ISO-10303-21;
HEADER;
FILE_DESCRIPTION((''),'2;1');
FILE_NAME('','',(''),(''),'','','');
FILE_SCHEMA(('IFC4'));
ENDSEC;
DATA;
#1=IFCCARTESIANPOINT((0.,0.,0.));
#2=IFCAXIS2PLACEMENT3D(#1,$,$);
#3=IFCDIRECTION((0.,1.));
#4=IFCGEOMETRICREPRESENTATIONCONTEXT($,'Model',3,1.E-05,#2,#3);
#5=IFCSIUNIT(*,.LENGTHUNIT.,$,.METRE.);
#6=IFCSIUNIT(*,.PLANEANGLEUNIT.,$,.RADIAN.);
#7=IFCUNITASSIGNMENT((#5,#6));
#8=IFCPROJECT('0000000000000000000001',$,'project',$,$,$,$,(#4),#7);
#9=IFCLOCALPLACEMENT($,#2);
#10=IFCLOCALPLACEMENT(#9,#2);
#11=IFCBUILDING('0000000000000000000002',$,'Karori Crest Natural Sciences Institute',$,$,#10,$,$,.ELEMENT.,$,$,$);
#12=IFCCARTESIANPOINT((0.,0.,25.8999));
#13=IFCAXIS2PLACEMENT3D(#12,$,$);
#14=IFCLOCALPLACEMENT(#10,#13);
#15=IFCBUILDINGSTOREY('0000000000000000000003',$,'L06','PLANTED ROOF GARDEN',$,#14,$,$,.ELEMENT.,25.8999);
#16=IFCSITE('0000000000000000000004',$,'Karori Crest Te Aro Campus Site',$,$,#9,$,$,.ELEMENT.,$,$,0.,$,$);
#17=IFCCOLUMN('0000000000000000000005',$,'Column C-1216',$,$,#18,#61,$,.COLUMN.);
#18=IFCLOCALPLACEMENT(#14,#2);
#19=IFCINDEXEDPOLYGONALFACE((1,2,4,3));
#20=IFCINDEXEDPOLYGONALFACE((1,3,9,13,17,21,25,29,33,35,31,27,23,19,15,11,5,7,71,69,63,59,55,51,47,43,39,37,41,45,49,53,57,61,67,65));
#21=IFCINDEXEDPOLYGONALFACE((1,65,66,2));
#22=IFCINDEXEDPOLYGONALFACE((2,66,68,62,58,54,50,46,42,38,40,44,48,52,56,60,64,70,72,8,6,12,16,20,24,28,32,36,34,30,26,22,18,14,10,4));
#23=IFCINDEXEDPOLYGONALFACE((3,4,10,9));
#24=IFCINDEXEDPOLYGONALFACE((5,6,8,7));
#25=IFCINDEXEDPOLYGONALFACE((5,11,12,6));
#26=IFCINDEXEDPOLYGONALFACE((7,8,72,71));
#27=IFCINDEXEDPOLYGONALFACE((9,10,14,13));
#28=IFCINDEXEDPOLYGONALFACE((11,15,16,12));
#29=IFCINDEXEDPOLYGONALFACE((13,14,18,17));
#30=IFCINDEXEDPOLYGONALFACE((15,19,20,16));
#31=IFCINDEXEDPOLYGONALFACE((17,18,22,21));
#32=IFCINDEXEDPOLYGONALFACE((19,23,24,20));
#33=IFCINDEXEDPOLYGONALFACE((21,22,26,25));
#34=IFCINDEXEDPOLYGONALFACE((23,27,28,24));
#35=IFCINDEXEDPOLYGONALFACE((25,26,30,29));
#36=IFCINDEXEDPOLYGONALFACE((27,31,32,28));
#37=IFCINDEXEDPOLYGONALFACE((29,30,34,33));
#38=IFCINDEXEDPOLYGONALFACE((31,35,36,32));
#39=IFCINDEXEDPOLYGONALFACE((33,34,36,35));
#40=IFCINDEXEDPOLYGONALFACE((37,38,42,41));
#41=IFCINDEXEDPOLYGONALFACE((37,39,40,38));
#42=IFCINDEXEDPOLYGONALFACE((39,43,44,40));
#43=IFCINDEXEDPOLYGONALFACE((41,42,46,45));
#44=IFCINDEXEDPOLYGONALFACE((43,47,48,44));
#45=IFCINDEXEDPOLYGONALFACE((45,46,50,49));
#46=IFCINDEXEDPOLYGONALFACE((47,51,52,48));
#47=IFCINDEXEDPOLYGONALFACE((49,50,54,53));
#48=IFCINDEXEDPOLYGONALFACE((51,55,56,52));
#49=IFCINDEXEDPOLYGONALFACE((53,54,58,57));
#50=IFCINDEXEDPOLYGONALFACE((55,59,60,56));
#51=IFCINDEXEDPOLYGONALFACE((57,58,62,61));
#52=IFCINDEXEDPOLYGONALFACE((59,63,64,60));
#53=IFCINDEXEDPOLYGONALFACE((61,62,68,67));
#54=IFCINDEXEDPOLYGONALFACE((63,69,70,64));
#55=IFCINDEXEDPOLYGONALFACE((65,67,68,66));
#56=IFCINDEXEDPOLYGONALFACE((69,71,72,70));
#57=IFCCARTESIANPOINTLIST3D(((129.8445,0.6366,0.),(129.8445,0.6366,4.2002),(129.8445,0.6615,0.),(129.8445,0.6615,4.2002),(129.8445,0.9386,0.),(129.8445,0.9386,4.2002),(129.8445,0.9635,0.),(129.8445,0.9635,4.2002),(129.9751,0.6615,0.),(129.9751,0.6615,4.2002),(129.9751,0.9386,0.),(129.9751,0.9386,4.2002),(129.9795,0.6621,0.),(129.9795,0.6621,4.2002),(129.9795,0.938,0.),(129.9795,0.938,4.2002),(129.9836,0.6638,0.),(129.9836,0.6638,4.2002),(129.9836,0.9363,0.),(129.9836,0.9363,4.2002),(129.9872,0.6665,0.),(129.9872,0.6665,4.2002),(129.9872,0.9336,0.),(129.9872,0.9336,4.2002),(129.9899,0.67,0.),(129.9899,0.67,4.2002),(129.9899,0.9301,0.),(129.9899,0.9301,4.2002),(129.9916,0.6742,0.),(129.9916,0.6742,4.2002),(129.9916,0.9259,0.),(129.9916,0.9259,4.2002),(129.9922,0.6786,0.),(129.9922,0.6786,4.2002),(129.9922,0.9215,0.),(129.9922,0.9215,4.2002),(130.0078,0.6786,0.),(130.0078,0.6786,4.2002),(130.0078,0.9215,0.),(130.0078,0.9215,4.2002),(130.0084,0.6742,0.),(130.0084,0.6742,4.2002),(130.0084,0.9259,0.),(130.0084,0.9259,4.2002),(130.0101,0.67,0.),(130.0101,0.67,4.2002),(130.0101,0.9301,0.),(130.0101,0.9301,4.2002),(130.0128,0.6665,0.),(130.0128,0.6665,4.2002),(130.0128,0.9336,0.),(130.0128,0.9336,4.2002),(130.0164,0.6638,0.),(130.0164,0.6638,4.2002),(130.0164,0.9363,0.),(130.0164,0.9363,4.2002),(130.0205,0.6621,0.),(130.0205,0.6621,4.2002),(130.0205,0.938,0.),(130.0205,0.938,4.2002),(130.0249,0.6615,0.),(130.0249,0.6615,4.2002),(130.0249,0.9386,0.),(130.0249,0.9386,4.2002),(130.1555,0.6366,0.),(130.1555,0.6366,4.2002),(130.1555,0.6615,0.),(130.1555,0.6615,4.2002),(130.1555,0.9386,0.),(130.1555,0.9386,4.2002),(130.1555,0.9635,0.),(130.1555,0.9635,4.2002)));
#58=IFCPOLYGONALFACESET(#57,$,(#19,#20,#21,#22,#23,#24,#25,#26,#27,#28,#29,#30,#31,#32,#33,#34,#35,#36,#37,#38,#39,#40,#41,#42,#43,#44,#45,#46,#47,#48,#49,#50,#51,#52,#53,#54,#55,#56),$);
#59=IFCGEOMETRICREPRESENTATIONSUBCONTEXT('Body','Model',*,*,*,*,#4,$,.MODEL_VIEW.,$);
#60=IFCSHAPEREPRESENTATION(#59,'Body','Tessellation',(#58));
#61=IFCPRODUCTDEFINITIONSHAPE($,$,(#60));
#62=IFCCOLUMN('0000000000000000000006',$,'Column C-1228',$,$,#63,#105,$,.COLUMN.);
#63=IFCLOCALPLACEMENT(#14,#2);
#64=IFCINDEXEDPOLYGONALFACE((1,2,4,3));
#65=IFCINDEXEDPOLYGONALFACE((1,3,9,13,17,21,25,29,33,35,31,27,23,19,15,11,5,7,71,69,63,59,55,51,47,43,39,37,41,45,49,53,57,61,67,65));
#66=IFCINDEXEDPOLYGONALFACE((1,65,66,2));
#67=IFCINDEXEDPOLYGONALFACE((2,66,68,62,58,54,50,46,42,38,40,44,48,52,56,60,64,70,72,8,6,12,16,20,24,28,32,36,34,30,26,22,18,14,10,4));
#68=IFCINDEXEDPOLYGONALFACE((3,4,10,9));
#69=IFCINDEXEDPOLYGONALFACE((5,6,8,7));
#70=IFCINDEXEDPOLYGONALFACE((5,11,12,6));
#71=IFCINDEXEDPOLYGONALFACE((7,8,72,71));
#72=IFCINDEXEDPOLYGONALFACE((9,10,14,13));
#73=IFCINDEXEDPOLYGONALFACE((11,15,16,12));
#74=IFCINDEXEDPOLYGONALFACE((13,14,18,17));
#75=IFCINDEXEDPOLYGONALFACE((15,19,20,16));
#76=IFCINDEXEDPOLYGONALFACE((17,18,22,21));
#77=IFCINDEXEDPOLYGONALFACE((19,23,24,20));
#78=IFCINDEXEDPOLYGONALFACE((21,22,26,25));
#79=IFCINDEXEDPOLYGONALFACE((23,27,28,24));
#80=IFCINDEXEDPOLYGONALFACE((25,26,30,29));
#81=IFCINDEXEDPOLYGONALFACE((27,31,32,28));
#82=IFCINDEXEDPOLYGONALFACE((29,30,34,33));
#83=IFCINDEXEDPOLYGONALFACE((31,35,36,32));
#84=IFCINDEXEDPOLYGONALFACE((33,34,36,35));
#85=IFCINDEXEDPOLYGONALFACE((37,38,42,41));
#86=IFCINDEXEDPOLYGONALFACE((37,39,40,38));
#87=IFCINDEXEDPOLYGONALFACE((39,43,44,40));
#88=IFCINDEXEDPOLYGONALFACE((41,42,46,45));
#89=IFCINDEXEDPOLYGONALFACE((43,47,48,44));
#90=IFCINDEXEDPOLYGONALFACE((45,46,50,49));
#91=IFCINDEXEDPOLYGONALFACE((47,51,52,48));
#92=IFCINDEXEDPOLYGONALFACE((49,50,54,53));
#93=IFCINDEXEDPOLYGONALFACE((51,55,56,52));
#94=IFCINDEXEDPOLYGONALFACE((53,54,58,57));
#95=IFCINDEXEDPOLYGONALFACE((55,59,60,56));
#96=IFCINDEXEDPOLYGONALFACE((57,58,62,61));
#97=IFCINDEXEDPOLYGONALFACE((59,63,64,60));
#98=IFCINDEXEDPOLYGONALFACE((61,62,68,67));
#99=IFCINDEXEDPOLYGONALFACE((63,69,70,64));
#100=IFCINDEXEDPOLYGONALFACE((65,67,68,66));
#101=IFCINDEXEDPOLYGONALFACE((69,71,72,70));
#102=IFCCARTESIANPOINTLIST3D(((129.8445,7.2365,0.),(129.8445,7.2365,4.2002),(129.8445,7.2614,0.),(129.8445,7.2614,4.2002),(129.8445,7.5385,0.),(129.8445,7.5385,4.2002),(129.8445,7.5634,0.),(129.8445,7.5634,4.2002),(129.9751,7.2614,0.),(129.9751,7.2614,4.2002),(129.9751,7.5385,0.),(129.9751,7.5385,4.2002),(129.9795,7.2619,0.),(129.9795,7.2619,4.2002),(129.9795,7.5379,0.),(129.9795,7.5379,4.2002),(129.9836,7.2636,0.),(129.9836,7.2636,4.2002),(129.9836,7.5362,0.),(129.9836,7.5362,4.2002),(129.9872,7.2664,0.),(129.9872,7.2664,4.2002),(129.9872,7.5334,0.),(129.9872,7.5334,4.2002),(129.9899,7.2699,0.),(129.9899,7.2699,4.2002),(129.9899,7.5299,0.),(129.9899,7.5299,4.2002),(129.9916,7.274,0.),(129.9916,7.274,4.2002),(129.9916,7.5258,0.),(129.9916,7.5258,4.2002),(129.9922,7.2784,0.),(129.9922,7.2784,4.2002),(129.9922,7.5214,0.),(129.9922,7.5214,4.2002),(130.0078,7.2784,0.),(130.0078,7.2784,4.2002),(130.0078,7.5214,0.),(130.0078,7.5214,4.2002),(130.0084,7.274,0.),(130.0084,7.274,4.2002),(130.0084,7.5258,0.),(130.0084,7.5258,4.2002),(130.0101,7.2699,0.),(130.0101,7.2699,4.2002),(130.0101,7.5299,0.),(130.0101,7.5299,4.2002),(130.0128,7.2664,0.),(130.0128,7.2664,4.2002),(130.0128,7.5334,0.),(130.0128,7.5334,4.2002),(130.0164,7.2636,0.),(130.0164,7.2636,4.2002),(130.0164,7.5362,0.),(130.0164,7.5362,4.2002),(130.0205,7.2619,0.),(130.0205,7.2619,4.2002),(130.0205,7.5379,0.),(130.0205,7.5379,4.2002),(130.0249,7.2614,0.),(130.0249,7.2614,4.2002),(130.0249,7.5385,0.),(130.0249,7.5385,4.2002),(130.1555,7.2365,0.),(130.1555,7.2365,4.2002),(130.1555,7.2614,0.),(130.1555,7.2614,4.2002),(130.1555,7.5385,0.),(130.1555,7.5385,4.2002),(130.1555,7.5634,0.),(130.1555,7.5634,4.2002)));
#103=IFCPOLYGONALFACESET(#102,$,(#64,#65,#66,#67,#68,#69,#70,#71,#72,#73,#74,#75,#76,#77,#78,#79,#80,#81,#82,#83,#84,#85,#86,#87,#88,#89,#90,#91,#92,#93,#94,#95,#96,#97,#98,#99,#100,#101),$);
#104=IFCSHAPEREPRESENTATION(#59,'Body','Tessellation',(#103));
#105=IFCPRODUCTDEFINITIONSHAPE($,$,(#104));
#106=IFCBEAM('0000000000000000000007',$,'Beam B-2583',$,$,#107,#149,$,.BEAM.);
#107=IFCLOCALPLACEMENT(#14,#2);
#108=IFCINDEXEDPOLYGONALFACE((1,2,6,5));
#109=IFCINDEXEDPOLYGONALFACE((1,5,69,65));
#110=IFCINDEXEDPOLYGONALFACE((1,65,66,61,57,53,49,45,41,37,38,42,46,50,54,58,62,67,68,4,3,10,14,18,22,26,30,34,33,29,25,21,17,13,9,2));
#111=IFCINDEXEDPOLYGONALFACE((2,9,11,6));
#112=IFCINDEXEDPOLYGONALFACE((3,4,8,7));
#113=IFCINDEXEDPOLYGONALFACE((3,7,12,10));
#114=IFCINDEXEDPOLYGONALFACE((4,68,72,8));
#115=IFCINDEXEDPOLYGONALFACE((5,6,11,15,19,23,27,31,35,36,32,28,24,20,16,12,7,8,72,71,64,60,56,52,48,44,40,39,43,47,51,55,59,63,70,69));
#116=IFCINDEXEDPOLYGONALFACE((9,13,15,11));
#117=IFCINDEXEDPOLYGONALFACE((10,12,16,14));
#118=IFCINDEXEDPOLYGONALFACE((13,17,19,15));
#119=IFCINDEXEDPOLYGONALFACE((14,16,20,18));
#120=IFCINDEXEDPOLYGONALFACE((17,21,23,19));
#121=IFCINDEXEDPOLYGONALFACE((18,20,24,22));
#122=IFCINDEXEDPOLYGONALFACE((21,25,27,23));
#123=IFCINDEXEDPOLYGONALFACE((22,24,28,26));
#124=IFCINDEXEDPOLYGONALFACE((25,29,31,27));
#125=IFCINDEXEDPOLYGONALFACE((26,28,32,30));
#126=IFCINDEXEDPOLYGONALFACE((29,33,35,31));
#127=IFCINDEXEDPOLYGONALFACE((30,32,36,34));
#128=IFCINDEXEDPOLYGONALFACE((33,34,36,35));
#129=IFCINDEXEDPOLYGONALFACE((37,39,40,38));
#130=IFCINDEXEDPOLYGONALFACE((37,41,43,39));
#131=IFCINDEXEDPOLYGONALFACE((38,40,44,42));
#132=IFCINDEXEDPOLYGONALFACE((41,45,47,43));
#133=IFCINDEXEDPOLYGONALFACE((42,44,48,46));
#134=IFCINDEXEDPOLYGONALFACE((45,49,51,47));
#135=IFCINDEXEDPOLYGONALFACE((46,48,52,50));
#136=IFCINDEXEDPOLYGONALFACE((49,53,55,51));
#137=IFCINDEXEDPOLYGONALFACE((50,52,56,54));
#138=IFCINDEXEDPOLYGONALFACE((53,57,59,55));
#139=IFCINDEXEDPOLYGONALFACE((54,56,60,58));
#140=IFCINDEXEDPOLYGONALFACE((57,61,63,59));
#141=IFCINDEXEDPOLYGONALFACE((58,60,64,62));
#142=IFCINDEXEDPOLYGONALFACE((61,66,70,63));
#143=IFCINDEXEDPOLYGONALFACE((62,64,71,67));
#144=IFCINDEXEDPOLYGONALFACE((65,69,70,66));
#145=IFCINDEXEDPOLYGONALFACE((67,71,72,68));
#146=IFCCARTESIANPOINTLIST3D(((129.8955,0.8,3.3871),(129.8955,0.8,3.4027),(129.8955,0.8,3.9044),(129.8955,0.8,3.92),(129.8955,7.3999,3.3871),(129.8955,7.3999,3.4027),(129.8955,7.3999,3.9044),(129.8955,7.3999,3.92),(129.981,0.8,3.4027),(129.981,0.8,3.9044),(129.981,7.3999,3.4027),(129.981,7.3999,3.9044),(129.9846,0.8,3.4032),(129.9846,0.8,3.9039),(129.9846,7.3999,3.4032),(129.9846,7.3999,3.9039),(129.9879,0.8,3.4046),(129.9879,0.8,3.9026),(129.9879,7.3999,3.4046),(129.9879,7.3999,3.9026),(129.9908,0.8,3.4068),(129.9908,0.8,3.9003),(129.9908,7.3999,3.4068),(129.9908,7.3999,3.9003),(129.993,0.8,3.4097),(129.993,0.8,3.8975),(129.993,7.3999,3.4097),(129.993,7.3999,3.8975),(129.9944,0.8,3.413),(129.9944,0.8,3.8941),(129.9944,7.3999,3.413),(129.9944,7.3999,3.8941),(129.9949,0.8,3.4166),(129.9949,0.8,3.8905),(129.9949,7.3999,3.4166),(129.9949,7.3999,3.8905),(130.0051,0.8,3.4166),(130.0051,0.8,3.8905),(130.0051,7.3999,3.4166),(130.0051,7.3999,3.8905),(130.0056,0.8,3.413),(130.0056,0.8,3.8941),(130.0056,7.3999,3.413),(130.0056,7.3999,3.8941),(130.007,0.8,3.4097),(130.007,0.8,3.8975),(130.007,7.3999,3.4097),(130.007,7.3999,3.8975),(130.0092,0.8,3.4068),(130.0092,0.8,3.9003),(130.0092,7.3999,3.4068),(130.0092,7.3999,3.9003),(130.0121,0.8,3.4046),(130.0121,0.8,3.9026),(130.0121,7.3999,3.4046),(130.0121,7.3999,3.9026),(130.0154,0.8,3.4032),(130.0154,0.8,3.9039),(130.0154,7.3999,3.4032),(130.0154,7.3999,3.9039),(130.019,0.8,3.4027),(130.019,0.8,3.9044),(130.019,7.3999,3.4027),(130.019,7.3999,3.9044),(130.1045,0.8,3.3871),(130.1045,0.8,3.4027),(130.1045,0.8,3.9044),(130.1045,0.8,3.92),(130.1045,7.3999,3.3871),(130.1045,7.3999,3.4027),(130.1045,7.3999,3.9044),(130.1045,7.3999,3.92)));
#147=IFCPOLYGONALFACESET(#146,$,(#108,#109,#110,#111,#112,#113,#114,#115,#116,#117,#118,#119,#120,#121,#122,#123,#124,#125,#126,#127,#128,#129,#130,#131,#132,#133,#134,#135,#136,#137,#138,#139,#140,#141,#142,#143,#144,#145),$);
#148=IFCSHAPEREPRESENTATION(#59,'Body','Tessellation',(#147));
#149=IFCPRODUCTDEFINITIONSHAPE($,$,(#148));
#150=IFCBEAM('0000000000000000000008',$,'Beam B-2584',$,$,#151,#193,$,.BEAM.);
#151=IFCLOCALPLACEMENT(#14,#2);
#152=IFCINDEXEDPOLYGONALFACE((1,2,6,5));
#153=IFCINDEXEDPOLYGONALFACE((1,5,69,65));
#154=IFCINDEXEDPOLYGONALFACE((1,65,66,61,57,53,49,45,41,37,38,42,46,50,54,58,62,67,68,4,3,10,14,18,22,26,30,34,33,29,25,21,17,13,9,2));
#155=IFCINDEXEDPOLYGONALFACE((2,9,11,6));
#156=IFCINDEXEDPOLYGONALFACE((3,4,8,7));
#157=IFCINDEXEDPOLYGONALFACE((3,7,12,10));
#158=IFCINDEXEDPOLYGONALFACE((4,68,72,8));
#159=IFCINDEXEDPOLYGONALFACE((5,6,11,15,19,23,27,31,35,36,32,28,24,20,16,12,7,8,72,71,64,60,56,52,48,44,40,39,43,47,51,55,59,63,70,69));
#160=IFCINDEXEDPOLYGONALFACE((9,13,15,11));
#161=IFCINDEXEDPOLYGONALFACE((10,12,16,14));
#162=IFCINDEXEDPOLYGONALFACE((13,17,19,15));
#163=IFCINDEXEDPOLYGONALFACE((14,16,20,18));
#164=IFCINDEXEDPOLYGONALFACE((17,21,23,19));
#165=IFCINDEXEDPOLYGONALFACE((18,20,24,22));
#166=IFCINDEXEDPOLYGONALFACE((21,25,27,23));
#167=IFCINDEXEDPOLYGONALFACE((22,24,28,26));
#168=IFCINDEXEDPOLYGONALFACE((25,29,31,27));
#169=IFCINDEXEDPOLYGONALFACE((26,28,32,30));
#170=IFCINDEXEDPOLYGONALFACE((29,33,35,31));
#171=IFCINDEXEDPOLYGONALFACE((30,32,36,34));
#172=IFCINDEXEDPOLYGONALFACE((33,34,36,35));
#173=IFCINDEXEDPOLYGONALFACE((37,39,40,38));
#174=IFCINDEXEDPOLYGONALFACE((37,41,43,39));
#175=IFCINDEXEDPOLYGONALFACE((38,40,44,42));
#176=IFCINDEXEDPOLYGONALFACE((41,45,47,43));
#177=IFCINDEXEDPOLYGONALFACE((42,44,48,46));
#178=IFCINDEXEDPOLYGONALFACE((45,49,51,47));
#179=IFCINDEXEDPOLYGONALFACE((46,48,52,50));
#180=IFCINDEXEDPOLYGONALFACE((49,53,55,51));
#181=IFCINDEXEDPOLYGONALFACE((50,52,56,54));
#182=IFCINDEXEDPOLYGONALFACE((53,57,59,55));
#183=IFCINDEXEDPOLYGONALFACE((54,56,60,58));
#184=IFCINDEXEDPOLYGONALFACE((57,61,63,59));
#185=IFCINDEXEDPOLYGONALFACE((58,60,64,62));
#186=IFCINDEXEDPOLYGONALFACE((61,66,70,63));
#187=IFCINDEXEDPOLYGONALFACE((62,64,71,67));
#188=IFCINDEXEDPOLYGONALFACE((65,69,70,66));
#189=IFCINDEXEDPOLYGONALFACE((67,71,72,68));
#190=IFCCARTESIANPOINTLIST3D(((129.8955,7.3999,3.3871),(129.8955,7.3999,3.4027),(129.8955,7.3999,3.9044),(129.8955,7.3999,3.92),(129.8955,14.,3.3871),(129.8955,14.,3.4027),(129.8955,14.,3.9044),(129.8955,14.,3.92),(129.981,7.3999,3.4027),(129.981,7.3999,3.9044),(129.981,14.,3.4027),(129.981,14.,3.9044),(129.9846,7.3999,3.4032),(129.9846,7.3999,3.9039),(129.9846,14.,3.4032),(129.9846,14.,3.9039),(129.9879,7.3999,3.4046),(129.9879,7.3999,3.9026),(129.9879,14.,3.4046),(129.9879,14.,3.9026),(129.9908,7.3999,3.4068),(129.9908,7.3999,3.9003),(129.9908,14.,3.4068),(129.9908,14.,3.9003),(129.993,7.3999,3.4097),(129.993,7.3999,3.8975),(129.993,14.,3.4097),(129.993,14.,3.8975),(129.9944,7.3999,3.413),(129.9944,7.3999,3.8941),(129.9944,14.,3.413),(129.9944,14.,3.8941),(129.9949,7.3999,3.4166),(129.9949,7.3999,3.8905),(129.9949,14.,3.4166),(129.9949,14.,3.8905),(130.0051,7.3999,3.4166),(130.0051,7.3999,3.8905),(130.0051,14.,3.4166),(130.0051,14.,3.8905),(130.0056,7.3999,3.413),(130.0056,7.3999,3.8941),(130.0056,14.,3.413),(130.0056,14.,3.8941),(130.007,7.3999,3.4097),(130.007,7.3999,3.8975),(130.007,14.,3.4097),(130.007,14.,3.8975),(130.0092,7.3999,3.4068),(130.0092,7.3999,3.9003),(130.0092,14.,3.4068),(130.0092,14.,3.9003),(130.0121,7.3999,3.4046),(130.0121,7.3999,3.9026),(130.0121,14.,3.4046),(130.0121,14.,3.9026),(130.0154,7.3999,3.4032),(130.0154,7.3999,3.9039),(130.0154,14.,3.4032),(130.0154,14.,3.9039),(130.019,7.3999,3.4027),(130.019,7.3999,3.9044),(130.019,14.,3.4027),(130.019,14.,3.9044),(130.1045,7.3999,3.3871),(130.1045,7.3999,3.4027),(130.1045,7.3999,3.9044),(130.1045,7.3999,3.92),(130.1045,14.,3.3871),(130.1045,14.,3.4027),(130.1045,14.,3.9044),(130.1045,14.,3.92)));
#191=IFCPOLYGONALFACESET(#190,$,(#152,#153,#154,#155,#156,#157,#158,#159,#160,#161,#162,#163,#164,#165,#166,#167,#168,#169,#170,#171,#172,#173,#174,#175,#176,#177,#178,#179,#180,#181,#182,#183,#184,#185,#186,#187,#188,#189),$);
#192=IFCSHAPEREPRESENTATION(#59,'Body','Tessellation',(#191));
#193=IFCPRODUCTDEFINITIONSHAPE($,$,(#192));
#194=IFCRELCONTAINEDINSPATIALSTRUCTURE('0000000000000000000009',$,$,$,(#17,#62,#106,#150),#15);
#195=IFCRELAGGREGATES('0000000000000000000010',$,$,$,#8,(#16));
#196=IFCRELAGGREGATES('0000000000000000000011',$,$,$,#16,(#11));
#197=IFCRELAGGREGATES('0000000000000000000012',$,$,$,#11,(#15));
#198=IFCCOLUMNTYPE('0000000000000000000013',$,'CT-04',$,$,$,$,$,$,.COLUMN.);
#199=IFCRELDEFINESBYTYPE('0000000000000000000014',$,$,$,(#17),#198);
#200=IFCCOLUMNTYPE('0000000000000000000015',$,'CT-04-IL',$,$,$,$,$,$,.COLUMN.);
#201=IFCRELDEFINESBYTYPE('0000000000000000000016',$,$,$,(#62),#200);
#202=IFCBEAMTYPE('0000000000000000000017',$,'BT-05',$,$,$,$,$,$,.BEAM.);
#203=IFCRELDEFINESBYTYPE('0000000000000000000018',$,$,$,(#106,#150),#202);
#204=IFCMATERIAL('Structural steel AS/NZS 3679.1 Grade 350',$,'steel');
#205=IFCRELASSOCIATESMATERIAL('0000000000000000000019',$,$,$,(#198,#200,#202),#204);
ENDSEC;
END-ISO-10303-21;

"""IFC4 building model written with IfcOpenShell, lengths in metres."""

from ifc_helpers import new_model, si_unit, direction, frame, origin, origin_2d, place, context, subcontext, project, spatial, i_section, extrude, material, material_profile, profile_set, type_object, element, save


model = new_model("IFC4")

# Units and contexts
model_context = context("Model", 3, precision=1e-05, world=origin(), true_north=direction((0.0, 1.0)))
body_context = subcontext(model_context, "Body", "Model", "MODEL_VIEW")
ifc_project = project(units=[si_unit("LENGTHUNIT", "METRE"), si_unit("PLANEANGLEUNIT", "RADIAN")], contexts=[model_context])

# Site, building, storey
site_placement = place(None, origin())
site = spatial("IfcSite", under=ifc_project, at=site_placement, Name="Karori Crest Te Aro Campus Site", CompositionType="ELEMENT", RefElevation=0.0)
building_placement = place(site_placement, origin())
building = spatial("IfcBuilding", under=site, at=building_placement, Name="Karori Crest Natural Sciences Institute", CompositionType="ELEMENT")
storey_placement = place(building_placement, frame((0.0, 0.0, 25.8999)))
storey = spatial("IfcBuildingStorey", under=building, at=storey_placement, Name="L06", Description="PLANTED ROOF GARDEN", CompositionType="ELEMENT", Elevation=25.8999)

# Columns
ifc_material_1 = material(Name="Structural steel AS/NZS 3679.1 Grade 350", Category="steel")
ifc_material_profile_1 = material_profile(ifc_material_1, i_section(OverallWidth=0.311, OverallDepth=0.3269, WebThickness=0.0156, FlangeThickness=0.0249, FilletRadius=0.0171, at=origin_2d()), Name="310UC158")
ifc_profile_set_1 = profile_set([ifc_material_profile_1], Name="Structural steel AS/NZS 3679.1 Grade 350")
column_type_1 = type_object("IfcColumnType", Name="CT-04", PredefinedType="COLUMN", material=ifc_profile_set_1)
column_1_placement = place(storey_placement, frame((130.0, 0.8, 0.0), z_axis=(0.0, 0.0, 1.0), x_axis=(1.0, 0.0, 0.0)))
element("IfcColumn", 1, at=column_1_placement, inside=storey, type_object=column_type_1, Name="Column C-1216", PredefinedType="COLUMN", context=body_context, shape_type="SweptSolid", body=[
    extrude(i_section(OverallWidth=0.311, OverallDepth=0.3269, WebThickness=0.0156, FlangeThickness=0.0249, FilletRadius=0.0171, at=origin_2d()), origin(), (0.0, 0.0, 1.0), 4.2002),
])
ifc_material_profile_2 = material_profile(ifc_material_1, i_section(OverallWidth=0.311, OverallDepth=0.3269, WebThickness=0.0156, FlangeThickness=0.0249, FilletRadius=0.0171, at=origin_2d()), Name="310UC158")
ifc_profile_set_2 = profile_set([ifc_material_profile_2], Name="Structural steel AS/NZS 3679.1 Grade 350")
column_type_2 = type_object("IfcColumnType", Name="CT-04-IL", PredefinedType="COLUMN", material=ifc_profile_set_2)
column_2_placement = place(storey_placement, frame((130.0, 7.3999, 0.0), z_axis=(0.0, 0.0, 1.0), x_axis=(1.0, 0.0, 0.0)))
element("IfcColumn", 2, at=column_2_placement, inside=storey, type_object=column_type_2, Name="Column C-1228", PredefinedType="COLUMN", context=body_context, shape_type="SweptSolid", body=[
    extrude(i_section(OverallWidth=0.311, OverallDepth=0.3269, WebThickness=0.0156, FlangeThickness=0.0249, FilletRadius=0.0171, at=origin_2d()), origin(), (0.0, 0.0, 1.0), 4.2002),
])

# Beams
ifc_material_profile_3 = material_profile(ifc_material_1, i_section(OverallWidth=0.209, OverallDepth=0.533, WebThickness=0.0103, FlangeThickness=0.0156, FilletRadius=0.0139, at=origin_2d()), Name="530UB92.4")
ifc_profile_set_3 = profile_set([ifc_material_profile_3], Name="Structural steel AS/NZS 3679.1 Grade 350")
beam_type_1 = type_object("IfcBeamType", Name="BT-05", PredefinedType="BEAM", material=ifc_profile_set_3)
beam_1_placement = place(storey_placement, frame((130.0, 0.8, 3.6536), z_axis=(0.0, 1.0, 0.0), x_axis=(-1.0, 0.0, 0.0)))
element("IfcBeam", 3, at=beam_1_placement, inside=storey, type_object=beam_type_1, Name="Beam B-2583", PredefinedType="BEAM", context=body_context, shape_type="SweptSolid", body=[
    extrude(i_section(OverallWidth=0.209, OverallDepth=0.533, WebThickness=0.0103, FlangeThickness=0.0156, FilletRadius=0.0139, at=origin_2d()), origin(), (0.0, 0.0, 1.0), 6.5999),
])
beam_2_placement = place(storey_placement, frame((130.0, 7.3999, 3.6536), z_axis=(0.0, 1.0, 0.0), x_axis=(-1.0, 0.0, 0.0)))
element("IfcBeam", 4, at=beam_2_placement, inside=storey, type_object=beam_type_1, Name="Beam B-2584", PredefinedType="BEAM", context=body_context, shape_type="SweptSolid", body=[
    extrude(i_section(OverallWidth=0.209, OverallDepth=0.533, WebThickness=0.0103, FlangeThickness=0.0156, FilletRadius=0.0139, at=origin_2d()), origin(), (0.0, 0.0, 1.0), 6.6001),
])

save(model, "model.ifc")
